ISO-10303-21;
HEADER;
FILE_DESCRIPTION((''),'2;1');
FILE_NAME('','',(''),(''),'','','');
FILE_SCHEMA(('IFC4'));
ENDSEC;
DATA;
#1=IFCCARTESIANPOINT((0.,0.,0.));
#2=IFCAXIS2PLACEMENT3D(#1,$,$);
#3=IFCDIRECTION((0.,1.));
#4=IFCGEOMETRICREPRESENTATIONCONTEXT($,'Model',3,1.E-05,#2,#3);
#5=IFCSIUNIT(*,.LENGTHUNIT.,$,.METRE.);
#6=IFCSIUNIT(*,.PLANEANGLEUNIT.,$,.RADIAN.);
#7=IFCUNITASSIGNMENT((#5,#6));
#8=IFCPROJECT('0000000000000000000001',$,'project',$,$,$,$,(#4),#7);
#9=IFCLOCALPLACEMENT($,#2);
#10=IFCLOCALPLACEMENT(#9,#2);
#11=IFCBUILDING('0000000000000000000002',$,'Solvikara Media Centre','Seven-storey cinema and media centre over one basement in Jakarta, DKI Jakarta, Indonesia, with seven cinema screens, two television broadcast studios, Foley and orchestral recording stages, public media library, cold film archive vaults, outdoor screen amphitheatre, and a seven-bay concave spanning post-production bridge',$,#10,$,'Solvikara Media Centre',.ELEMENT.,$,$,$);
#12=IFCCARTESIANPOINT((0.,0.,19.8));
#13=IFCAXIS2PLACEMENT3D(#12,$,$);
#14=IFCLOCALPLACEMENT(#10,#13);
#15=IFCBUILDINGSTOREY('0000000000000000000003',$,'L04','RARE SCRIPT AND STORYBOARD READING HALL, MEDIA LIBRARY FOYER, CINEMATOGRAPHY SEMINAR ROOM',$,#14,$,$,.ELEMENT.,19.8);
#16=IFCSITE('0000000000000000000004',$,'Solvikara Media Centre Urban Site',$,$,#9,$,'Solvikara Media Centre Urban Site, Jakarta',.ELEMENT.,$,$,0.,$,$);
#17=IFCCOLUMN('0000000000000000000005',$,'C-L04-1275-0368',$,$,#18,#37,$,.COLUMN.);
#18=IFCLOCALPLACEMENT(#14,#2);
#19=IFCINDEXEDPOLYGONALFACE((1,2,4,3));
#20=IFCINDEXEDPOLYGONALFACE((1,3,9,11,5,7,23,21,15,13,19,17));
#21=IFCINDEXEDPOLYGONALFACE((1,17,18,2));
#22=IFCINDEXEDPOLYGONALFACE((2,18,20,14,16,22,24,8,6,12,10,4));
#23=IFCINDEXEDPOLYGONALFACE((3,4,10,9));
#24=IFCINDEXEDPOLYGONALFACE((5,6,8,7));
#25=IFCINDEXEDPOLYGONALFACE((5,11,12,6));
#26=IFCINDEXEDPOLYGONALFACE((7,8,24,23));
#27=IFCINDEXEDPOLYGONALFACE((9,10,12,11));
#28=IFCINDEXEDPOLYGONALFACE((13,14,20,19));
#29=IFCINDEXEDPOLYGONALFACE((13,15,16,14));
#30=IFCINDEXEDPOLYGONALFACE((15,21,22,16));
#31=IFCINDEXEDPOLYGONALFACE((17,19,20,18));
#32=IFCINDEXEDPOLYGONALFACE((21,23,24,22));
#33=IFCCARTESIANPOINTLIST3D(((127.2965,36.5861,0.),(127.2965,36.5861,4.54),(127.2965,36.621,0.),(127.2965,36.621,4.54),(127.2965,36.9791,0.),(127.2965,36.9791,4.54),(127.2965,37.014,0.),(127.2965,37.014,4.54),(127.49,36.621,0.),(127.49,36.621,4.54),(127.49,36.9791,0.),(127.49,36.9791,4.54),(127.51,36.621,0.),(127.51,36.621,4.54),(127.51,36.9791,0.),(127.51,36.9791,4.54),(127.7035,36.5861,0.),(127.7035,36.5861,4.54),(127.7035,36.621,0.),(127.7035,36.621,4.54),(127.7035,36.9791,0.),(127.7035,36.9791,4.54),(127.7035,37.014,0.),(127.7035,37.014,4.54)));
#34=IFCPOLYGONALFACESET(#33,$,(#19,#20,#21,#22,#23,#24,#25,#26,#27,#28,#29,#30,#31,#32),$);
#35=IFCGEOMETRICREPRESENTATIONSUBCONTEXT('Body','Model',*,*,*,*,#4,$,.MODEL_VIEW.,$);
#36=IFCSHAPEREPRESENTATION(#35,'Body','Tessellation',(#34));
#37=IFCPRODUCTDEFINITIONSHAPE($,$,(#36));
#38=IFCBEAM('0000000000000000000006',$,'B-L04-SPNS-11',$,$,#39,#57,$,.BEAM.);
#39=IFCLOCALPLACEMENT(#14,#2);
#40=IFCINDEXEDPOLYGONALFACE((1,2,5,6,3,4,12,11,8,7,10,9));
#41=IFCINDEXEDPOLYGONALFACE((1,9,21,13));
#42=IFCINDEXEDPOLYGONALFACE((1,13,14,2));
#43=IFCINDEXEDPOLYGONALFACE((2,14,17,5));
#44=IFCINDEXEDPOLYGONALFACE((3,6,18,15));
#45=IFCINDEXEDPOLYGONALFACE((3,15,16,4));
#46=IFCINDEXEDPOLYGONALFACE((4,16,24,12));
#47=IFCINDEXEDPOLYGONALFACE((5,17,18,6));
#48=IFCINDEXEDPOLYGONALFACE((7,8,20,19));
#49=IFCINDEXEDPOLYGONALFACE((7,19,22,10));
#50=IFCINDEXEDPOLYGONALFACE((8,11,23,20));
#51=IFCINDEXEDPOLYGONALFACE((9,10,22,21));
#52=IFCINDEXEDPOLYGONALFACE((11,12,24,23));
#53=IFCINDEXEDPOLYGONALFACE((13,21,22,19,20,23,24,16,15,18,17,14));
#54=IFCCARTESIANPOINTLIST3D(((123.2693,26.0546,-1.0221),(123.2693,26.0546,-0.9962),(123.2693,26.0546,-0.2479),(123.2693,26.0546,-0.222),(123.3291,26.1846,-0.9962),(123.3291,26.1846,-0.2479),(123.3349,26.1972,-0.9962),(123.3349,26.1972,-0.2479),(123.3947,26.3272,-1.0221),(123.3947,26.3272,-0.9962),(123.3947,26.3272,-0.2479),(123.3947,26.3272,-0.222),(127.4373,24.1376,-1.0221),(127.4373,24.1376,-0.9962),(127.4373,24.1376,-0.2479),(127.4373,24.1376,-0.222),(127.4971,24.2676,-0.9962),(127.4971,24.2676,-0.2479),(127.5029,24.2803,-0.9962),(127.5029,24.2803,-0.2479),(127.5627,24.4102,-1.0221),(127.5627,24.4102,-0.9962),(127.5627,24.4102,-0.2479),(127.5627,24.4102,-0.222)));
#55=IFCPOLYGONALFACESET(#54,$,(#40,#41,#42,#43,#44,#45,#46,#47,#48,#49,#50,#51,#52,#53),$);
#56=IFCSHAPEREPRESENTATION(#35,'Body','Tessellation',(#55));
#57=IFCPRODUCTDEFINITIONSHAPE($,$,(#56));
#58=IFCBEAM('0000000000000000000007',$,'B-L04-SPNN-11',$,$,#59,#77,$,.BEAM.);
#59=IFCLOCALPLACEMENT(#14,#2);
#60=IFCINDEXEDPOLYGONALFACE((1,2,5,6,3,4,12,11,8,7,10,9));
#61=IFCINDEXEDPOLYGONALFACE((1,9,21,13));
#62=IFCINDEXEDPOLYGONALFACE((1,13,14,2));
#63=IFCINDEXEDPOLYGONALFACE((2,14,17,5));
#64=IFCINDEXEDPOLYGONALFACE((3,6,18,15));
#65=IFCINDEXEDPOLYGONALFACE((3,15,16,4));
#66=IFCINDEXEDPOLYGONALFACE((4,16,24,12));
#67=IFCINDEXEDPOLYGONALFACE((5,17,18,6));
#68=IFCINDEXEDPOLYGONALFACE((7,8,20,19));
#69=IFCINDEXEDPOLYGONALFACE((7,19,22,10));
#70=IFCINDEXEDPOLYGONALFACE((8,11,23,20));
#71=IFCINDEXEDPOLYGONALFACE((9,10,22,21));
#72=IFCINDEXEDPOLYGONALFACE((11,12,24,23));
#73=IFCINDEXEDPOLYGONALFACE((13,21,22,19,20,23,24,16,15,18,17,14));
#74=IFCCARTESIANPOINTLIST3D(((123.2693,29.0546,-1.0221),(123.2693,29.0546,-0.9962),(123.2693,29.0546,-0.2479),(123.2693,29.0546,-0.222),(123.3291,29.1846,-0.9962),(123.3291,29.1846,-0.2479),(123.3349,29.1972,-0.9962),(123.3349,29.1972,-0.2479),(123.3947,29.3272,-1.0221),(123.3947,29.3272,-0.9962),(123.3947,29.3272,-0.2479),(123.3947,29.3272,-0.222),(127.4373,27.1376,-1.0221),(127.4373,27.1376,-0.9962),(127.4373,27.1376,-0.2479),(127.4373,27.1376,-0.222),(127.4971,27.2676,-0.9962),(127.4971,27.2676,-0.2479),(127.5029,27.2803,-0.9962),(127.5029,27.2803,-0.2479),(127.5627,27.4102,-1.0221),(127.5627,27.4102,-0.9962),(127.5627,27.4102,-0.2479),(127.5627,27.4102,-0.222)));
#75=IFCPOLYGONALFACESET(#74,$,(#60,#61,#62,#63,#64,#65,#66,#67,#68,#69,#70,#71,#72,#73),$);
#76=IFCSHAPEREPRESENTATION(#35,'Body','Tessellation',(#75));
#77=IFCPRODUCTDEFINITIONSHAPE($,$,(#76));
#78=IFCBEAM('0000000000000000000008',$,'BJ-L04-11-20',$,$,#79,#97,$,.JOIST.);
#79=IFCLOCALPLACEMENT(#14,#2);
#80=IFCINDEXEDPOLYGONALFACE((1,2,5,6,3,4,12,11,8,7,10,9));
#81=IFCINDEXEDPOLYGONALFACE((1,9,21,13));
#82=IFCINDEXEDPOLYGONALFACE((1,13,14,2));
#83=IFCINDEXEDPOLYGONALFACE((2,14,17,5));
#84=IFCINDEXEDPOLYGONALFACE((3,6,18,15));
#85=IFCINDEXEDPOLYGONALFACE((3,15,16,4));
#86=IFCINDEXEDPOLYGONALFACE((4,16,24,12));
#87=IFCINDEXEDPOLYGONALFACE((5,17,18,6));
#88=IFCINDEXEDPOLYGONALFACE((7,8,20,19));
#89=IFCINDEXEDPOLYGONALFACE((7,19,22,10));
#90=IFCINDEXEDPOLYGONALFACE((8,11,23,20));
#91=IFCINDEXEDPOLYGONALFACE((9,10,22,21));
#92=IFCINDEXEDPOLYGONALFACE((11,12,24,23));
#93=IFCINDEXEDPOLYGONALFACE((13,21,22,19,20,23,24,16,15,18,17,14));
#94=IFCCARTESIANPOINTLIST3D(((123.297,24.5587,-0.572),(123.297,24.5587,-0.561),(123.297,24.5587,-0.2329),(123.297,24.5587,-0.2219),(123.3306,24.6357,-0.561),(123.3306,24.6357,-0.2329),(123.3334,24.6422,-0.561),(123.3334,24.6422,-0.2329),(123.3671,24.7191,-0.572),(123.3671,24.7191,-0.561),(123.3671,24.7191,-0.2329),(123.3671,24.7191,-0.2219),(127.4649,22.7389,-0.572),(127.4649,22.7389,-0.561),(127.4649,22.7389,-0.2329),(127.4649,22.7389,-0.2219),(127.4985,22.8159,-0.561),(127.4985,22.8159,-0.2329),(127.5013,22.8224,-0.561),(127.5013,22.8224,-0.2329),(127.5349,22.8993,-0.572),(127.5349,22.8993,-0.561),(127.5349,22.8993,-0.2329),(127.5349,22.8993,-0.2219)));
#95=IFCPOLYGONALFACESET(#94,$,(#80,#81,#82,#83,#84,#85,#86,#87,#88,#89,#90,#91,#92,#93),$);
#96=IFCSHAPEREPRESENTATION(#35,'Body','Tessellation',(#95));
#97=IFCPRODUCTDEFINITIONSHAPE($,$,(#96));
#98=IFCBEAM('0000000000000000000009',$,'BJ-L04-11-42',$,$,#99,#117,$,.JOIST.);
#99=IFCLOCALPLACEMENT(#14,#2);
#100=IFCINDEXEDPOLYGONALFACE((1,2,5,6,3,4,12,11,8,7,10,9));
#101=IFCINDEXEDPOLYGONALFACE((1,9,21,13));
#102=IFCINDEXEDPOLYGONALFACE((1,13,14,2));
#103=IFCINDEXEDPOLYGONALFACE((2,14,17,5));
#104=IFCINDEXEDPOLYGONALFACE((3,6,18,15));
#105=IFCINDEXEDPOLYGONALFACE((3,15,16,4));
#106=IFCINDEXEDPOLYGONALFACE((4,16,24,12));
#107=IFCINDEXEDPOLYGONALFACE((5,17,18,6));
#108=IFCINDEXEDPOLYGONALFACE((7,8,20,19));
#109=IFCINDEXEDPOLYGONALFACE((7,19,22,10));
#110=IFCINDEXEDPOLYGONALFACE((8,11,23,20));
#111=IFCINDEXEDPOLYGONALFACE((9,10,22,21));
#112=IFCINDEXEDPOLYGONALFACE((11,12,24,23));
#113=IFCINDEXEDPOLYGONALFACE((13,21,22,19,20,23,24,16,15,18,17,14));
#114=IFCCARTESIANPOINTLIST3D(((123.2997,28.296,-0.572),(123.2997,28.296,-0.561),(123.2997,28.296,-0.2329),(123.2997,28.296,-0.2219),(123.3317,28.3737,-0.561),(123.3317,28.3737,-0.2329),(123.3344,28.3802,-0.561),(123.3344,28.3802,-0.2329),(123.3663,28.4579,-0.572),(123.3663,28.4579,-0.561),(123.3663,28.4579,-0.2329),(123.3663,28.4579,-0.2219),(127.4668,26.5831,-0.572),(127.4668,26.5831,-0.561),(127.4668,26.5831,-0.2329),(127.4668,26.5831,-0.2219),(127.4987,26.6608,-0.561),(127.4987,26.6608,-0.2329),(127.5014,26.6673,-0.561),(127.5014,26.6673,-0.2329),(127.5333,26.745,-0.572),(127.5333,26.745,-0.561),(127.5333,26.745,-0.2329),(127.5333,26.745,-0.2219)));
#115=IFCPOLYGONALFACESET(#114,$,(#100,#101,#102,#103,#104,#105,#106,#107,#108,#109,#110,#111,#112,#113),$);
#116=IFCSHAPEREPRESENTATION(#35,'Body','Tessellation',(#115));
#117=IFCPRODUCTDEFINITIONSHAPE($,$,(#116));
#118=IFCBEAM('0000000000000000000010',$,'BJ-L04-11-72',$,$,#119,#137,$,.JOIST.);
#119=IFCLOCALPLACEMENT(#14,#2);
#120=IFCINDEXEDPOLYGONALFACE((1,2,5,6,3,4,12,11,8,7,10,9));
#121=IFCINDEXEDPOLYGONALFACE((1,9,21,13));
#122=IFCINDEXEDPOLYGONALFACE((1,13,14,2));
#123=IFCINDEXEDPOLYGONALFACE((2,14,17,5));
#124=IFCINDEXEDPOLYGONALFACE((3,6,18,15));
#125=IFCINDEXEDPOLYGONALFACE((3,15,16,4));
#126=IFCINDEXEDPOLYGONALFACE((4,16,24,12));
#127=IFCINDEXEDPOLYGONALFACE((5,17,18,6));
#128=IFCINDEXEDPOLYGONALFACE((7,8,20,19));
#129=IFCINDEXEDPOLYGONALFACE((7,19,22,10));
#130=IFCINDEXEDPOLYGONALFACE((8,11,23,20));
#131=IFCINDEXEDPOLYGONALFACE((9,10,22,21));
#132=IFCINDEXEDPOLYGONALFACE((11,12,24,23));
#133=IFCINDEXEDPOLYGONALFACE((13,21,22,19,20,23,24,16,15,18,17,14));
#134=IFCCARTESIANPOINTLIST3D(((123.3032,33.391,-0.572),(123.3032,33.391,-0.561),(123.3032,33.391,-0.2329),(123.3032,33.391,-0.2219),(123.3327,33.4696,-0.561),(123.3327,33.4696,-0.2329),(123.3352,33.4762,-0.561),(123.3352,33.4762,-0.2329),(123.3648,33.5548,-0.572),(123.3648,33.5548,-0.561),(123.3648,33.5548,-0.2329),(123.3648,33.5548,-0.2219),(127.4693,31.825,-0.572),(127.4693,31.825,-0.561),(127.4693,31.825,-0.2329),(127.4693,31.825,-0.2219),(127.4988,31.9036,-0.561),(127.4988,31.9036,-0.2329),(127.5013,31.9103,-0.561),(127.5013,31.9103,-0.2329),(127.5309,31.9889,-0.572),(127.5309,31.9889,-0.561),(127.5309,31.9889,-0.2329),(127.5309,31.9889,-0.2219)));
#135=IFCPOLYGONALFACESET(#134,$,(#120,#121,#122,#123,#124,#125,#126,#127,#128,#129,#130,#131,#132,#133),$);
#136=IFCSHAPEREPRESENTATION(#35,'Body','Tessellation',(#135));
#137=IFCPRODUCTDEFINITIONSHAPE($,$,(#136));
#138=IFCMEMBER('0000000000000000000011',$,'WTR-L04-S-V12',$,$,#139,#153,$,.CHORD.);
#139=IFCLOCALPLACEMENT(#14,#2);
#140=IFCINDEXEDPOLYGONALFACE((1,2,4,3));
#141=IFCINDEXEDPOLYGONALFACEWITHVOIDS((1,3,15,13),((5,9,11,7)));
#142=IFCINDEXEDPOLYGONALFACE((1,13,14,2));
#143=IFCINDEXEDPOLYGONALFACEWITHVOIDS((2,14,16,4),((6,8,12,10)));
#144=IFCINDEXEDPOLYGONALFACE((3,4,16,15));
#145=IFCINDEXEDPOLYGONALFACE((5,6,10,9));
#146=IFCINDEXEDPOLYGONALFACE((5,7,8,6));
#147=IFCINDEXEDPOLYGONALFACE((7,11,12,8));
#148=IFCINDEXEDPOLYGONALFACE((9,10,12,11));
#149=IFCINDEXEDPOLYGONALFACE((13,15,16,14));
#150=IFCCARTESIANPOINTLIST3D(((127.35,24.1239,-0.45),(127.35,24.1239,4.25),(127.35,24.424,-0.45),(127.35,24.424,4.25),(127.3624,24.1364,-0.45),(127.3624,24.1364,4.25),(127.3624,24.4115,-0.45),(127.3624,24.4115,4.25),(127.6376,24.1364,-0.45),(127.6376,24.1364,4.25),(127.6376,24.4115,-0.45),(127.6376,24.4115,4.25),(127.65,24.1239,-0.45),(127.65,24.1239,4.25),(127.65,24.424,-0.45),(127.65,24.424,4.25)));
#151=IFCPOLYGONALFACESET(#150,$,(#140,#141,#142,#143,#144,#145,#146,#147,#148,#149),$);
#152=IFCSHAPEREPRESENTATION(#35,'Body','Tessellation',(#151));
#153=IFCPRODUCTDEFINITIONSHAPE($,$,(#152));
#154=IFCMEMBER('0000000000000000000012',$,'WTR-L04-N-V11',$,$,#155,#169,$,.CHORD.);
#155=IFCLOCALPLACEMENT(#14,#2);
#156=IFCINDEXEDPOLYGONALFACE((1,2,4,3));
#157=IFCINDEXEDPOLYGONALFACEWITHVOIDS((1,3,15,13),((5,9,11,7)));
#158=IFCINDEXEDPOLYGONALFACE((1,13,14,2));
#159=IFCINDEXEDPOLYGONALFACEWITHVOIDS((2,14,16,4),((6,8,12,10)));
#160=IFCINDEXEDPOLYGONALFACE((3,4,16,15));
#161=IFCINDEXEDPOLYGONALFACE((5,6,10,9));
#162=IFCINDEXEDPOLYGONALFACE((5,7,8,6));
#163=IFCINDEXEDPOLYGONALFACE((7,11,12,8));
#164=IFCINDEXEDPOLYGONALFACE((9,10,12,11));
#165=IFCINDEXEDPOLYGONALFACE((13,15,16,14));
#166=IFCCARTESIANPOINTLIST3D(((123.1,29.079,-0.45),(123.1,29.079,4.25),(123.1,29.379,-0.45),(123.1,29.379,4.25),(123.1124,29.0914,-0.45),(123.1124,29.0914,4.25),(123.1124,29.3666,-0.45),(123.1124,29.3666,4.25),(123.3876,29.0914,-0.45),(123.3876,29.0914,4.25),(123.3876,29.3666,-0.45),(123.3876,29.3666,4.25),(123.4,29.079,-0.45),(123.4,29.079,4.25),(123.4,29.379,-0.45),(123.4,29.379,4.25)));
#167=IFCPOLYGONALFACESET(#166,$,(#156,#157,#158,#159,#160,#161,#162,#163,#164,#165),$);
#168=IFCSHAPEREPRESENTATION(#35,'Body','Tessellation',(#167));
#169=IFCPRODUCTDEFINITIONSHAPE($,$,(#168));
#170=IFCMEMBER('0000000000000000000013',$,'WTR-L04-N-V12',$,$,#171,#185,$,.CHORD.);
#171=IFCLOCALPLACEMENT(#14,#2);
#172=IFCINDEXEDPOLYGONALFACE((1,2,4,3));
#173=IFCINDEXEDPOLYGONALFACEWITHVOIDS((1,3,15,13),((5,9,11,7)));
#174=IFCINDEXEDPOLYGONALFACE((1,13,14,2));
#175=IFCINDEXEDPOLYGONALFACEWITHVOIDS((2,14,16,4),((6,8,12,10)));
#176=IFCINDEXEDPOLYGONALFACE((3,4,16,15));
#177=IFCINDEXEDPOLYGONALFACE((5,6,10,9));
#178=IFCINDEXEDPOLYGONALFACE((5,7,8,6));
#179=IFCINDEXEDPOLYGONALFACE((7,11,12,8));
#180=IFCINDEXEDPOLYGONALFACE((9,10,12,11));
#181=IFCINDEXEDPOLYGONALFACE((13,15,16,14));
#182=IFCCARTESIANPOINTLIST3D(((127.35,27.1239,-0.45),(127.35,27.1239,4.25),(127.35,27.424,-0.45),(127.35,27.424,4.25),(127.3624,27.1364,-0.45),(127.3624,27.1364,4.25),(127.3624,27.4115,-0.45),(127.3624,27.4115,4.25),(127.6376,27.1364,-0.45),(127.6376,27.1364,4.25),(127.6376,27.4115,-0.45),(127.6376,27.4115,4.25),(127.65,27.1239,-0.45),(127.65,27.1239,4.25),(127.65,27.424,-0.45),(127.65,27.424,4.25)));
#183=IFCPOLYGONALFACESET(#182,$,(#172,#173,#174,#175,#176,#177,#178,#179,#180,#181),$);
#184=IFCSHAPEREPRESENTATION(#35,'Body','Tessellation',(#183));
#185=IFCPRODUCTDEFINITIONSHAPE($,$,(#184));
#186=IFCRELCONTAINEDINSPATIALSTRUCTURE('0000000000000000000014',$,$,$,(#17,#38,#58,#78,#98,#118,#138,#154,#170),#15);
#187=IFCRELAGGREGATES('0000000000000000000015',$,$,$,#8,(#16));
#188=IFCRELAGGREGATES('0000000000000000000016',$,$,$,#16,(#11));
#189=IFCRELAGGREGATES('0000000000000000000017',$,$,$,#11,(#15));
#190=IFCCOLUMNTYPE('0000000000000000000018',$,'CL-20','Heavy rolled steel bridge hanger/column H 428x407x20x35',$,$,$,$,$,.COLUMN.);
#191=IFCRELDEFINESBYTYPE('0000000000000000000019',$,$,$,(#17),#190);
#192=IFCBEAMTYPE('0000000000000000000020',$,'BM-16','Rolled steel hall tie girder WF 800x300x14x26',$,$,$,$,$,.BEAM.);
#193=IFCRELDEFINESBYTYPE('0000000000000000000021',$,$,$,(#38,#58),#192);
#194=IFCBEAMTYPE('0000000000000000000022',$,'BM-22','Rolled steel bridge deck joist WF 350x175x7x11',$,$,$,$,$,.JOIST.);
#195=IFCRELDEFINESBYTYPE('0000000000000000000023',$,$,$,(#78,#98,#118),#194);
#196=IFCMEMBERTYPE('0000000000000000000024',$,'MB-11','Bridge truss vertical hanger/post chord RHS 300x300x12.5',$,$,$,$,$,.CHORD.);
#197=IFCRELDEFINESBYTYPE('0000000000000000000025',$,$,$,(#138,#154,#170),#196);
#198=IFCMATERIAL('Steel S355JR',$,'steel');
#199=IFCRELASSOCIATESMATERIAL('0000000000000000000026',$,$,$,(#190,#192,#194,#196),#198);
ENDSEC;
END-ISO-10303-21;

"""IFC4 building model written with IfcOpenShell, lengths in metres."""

from ifc_helpers import new_model, si_unit, direction, frame, origin, origin_2d, place, context, subcontext, project, spatial, hollow_rectangle, i_section, extrude, material, material_profile, profile_set, type_object, element, save


model = new_model("IFC4")

# Units and contexts
model_context = context("Model", 3, precision=1e-05, world=origin(), true_north=direction((0.0, 1.0)))
body_context = subcontext(model_context, "Body", "Model", "MODEL_VIEW")
ifc_project = project(units=[si_unit("LENGTHUNIT", "METRE"), si_unit("PLANEANGLEUNIT", "RADIAN")], contexts=[model_context])

# Site, building, storey
site_placement = place(None, origin())
site = spatial("IfcSite", under=ifc_project, at=site_placement, Name="Solvikara Media Centre Urban Site", LongName="Solvikara Media Centre Urban Site, Jakarta", CompositionType="ELEMENT", RefElevation=0.0)
building_placement = place(site_placement, origin())
building = spatial("IfcBuilding", under=site, at=building_placement, Name="Solvikara Media Centre", Description="Seven-storey cinema and media centre over one basement in Jakarta, DKI Jakarta, Indonesia, with seven cinema screens, two television broadcast studios, Foley and orchestral recording stages, public media library, cold film archive vaults, outdoor screen amphitheatre, and a seven-bay concave spanning post-production bridge", LongName="Solvikara Media Centre", CompositionType="ELEMENT")
storey_placement = place(building_placement, frame((0.0, 0.0, 19.8)))
storey = spatial("IfcBuildingStorey", under=building, at=storey_placement, Name="L04", Description="RARE SCRIPT AND STORYBOARD READING HALL, MEDIA LIBRARY FOYER, CINEMATOGRAPHY SEMINAR ROOM", CompositionType="ELEMENT", Elevation=19.8)

# Column
ifc_material_1 = material(Name="Steel S355JR", Category="steel")
ifc_material_profile_1 = material_profile(ifc_material_1, i_section(OverallWidth=0.407, OverallDepth=0.428, WebThickness=0.02, FlangeThickness=0.0349, at=origin_2d()), Name="H 428x407x20x35")
ifc_profile_set_1 = profile_set([ifc_material_profile_1], Name="Steel S355JR")
column_type = type_object("IfcColumnType", Name="CL-20", Description="Heavy rolled steel bridge hanger/column H 428x407x20x35", PredefinedType="COLUMN", material=ifc_profile_set_1)
column_placement = place(storey_placement, frame((127.5, 36.8, 0.0), z_axis=(0.0, 0.0, 1.0), x_axis=(1.0, 0.0, 0.0)))
element("IfcColumn", 1, at=column_placement, inside=storey, type_object=column_type, Name="C-L04-1275-0368", PredefinedType="COLUMN", context=body_context, shape_type="SweptSolid", body=[
    extrude(i_section(OverallWidth=0.407, OverallDepth=0.428, WebThickness=0.02, FlangeThickness=0.0349, at=origin_2d()), origin(), (0.0, 0.0, 1.0), 4.54),
])

# Beams
ifc_material_profile_2 = material_profile(ifc_material_1, i_section(OverallWidth=0.3, OverallDepth=0.8, WebThickness=0.0139, FlangeThickness=0.0259, at=origin_2d()), Name="WF 800x300x14x26")
ifc_profile_set_2 = profile_set([ifc_material_profile_2], Name="Steel S355JR")
beam_type_1 = type_object("IfcBeamType", Name="BM-16", Description="Rolled steel hall tie girder WF 800x300x14x26", PredefinedType="BEAM", material=ifc_profile_set_2)
for number, where, z_axis, x_axis, name in (
    (2, (123.332, 26.1909, -0.6221), (0.908513, -0.417856, 0.0), (0.417856, 0.908513, 0.0), "B-L04-SPNS-11"),
    (3, (123.332, 29.1909, -0.6221), (0.908513, -0.417856, 0.0), (0.417856, 0.908513, 0.0), "B-L04-SPNN-11"),
):
    element("IfcBeam", number, at=place(storey_placement, frame(where, z_axis=z_axis, x_axis=x_axis)), inside=storey, type_object=beam_type_1, Name=name, PredefinedType="BEAM", context=body_context, shape_type="SweptSolid", body=[
        extrude(i_section(OverallWidth=0.3, OverallDepth=0.8, WebThickness=0.0139, FlangeThickness=0.0259, at=origin_2d()), origin(), (0.0, 0.0, 1.0), 4.5876),
    ])
ifc_material_profile_3 = material_profile(ifc_material_1, i_section(OverallWidth=0.175, OverallDepth=0.3501, WebThickness=0.0071, FlangeThickness=0.011, at=origin_2d()), Name="WF 350x175x7x11")
ifc_profile_set_3 = profile_set([ifc_material_profile_3], Name="Steel S355JR")
beam_type_2 = type_object("IfcBeamType", Name="BM-22", Description="Rolled steel bridge deck joist WF 350x175x7x11", PredefinedType="JOIST", material=ifc_profile_set_3)
beam_1_placement = place(storey_placement, frame((123.332, 24.6389, -0.397), z_axis=(0.916453, -0.400143, 0.0), x_axis=(0.400143, 0.916453, 0.0)))
element("IfcBeam", 4, at=beam_1_placement, inside=storey, type_object=beam_type_2, Name="BJ-L04-11-20", PredefinedType="JOIST", context=body_context, shape_type="SweptSolid", body=[
    extrude(i_section(OverallWidth=0.175, OverallDepth=0.3501, WebThickness=0.0071, FlangeThickness=0.011, at=origin_2d()), origin(), (0.0, 0.0, 1.0), 4.5479),
])
beam_2_placement = place(storey_placement, frame((123.333, 28.377, -0.397), z_axis=(0.924907, -0.380194, 0.0), x_axis=(0.380194, 0.924907, 0.0)))
element("IfcBeam", 5, at=beam_2_placement, inside=storey, type_object=beam_type_2, Name="BJ-L04-11-42", PredefinedType="JOIST", context=body_context, shape_type="SweptSolid", body=[
    extrude(i_section(OverallWidth=0.175, OverallDepth=0.3501, WebThickness=0.0071, FlangeThickness=0.011, at=origin_2d()), origin(), (0.0, 0.0, 1.0), 4.5054),
])
beam_3_placement = place(storey_placement, frame((123.334, 33.4729, -0.397), z_axis=(0.936058, -0.351845, 0.0), x_axis=(0.351845, 0.936058, 0.0)))
element("IfcBeam", 6, at=beam_3_placement, inside=storey, type_object=beam_type_2, Name="BJ-L04-11-72", PredefinedType="JOIST", context=body_context, shape_type="SweptSolid", body=[
    extrude(i_section(OverallWidth=0.175, OverallDepth=0.3501, WebThickness=0.0071, FlangeThickness=0.011, at=origin_2d()), origin(), (0.0, 0.0, 1.0), 4.4507),
])

# Members
ifc_material_profile_4 = material_profile(ifc_material_1, hollow_rectangle(XDim=0.3, YDim=0.3, WallThickness=0.0125, at=origin_2d()), Name="RHS 300x300x12.5")
ifc_profile_set_4 = profile_set([ifc_material_profile_4], Name="Steel S355JR")
member_type_1 = type_object("IfcMemberType", Name="MB-11", Description="Bridge truss vertical hanger/post chord RHS 300x300x12.5", PredefinedType="CHORD", material=ifc_profile_set_4)
for number, where, z_axis, x_axis, name in (
    (7, (127.5, 24.2739, -0.45), (0.0, 0.0, 1.0), (1.0, 0.0, 0.0), "WTR-L04-S-V12"),
    (8, (123.25, 29.229, -0.45), (0.0, 0.0, 1.0), (1.0, 0.0, 0.0), "WTR-L04-N-V11"),
    (9, (127.5, 27.2739, -0.45), (0.0, 0.0, 1.0), (1.0, 0.0, 0.0), "WTR-L04-N-V12"),
):
    element("IfcMember", number, at=place(storey_placement, frame(where, z_axis=z_axis, x_axis=x_axis)), inside=storey, type_object=member_type_1, Name=name, PredefinedType="CHORD", context=body_context, shape_type="SweptSolid", body=[
        extrude(hollow_rectangle(XDim=0.3, YDim=0.3, WallThickness=0.0125, at=origin_2d()), origin(), (0.0, 0.0, 1.0), 4.7),
    ])

save(model, "model.ifc")
